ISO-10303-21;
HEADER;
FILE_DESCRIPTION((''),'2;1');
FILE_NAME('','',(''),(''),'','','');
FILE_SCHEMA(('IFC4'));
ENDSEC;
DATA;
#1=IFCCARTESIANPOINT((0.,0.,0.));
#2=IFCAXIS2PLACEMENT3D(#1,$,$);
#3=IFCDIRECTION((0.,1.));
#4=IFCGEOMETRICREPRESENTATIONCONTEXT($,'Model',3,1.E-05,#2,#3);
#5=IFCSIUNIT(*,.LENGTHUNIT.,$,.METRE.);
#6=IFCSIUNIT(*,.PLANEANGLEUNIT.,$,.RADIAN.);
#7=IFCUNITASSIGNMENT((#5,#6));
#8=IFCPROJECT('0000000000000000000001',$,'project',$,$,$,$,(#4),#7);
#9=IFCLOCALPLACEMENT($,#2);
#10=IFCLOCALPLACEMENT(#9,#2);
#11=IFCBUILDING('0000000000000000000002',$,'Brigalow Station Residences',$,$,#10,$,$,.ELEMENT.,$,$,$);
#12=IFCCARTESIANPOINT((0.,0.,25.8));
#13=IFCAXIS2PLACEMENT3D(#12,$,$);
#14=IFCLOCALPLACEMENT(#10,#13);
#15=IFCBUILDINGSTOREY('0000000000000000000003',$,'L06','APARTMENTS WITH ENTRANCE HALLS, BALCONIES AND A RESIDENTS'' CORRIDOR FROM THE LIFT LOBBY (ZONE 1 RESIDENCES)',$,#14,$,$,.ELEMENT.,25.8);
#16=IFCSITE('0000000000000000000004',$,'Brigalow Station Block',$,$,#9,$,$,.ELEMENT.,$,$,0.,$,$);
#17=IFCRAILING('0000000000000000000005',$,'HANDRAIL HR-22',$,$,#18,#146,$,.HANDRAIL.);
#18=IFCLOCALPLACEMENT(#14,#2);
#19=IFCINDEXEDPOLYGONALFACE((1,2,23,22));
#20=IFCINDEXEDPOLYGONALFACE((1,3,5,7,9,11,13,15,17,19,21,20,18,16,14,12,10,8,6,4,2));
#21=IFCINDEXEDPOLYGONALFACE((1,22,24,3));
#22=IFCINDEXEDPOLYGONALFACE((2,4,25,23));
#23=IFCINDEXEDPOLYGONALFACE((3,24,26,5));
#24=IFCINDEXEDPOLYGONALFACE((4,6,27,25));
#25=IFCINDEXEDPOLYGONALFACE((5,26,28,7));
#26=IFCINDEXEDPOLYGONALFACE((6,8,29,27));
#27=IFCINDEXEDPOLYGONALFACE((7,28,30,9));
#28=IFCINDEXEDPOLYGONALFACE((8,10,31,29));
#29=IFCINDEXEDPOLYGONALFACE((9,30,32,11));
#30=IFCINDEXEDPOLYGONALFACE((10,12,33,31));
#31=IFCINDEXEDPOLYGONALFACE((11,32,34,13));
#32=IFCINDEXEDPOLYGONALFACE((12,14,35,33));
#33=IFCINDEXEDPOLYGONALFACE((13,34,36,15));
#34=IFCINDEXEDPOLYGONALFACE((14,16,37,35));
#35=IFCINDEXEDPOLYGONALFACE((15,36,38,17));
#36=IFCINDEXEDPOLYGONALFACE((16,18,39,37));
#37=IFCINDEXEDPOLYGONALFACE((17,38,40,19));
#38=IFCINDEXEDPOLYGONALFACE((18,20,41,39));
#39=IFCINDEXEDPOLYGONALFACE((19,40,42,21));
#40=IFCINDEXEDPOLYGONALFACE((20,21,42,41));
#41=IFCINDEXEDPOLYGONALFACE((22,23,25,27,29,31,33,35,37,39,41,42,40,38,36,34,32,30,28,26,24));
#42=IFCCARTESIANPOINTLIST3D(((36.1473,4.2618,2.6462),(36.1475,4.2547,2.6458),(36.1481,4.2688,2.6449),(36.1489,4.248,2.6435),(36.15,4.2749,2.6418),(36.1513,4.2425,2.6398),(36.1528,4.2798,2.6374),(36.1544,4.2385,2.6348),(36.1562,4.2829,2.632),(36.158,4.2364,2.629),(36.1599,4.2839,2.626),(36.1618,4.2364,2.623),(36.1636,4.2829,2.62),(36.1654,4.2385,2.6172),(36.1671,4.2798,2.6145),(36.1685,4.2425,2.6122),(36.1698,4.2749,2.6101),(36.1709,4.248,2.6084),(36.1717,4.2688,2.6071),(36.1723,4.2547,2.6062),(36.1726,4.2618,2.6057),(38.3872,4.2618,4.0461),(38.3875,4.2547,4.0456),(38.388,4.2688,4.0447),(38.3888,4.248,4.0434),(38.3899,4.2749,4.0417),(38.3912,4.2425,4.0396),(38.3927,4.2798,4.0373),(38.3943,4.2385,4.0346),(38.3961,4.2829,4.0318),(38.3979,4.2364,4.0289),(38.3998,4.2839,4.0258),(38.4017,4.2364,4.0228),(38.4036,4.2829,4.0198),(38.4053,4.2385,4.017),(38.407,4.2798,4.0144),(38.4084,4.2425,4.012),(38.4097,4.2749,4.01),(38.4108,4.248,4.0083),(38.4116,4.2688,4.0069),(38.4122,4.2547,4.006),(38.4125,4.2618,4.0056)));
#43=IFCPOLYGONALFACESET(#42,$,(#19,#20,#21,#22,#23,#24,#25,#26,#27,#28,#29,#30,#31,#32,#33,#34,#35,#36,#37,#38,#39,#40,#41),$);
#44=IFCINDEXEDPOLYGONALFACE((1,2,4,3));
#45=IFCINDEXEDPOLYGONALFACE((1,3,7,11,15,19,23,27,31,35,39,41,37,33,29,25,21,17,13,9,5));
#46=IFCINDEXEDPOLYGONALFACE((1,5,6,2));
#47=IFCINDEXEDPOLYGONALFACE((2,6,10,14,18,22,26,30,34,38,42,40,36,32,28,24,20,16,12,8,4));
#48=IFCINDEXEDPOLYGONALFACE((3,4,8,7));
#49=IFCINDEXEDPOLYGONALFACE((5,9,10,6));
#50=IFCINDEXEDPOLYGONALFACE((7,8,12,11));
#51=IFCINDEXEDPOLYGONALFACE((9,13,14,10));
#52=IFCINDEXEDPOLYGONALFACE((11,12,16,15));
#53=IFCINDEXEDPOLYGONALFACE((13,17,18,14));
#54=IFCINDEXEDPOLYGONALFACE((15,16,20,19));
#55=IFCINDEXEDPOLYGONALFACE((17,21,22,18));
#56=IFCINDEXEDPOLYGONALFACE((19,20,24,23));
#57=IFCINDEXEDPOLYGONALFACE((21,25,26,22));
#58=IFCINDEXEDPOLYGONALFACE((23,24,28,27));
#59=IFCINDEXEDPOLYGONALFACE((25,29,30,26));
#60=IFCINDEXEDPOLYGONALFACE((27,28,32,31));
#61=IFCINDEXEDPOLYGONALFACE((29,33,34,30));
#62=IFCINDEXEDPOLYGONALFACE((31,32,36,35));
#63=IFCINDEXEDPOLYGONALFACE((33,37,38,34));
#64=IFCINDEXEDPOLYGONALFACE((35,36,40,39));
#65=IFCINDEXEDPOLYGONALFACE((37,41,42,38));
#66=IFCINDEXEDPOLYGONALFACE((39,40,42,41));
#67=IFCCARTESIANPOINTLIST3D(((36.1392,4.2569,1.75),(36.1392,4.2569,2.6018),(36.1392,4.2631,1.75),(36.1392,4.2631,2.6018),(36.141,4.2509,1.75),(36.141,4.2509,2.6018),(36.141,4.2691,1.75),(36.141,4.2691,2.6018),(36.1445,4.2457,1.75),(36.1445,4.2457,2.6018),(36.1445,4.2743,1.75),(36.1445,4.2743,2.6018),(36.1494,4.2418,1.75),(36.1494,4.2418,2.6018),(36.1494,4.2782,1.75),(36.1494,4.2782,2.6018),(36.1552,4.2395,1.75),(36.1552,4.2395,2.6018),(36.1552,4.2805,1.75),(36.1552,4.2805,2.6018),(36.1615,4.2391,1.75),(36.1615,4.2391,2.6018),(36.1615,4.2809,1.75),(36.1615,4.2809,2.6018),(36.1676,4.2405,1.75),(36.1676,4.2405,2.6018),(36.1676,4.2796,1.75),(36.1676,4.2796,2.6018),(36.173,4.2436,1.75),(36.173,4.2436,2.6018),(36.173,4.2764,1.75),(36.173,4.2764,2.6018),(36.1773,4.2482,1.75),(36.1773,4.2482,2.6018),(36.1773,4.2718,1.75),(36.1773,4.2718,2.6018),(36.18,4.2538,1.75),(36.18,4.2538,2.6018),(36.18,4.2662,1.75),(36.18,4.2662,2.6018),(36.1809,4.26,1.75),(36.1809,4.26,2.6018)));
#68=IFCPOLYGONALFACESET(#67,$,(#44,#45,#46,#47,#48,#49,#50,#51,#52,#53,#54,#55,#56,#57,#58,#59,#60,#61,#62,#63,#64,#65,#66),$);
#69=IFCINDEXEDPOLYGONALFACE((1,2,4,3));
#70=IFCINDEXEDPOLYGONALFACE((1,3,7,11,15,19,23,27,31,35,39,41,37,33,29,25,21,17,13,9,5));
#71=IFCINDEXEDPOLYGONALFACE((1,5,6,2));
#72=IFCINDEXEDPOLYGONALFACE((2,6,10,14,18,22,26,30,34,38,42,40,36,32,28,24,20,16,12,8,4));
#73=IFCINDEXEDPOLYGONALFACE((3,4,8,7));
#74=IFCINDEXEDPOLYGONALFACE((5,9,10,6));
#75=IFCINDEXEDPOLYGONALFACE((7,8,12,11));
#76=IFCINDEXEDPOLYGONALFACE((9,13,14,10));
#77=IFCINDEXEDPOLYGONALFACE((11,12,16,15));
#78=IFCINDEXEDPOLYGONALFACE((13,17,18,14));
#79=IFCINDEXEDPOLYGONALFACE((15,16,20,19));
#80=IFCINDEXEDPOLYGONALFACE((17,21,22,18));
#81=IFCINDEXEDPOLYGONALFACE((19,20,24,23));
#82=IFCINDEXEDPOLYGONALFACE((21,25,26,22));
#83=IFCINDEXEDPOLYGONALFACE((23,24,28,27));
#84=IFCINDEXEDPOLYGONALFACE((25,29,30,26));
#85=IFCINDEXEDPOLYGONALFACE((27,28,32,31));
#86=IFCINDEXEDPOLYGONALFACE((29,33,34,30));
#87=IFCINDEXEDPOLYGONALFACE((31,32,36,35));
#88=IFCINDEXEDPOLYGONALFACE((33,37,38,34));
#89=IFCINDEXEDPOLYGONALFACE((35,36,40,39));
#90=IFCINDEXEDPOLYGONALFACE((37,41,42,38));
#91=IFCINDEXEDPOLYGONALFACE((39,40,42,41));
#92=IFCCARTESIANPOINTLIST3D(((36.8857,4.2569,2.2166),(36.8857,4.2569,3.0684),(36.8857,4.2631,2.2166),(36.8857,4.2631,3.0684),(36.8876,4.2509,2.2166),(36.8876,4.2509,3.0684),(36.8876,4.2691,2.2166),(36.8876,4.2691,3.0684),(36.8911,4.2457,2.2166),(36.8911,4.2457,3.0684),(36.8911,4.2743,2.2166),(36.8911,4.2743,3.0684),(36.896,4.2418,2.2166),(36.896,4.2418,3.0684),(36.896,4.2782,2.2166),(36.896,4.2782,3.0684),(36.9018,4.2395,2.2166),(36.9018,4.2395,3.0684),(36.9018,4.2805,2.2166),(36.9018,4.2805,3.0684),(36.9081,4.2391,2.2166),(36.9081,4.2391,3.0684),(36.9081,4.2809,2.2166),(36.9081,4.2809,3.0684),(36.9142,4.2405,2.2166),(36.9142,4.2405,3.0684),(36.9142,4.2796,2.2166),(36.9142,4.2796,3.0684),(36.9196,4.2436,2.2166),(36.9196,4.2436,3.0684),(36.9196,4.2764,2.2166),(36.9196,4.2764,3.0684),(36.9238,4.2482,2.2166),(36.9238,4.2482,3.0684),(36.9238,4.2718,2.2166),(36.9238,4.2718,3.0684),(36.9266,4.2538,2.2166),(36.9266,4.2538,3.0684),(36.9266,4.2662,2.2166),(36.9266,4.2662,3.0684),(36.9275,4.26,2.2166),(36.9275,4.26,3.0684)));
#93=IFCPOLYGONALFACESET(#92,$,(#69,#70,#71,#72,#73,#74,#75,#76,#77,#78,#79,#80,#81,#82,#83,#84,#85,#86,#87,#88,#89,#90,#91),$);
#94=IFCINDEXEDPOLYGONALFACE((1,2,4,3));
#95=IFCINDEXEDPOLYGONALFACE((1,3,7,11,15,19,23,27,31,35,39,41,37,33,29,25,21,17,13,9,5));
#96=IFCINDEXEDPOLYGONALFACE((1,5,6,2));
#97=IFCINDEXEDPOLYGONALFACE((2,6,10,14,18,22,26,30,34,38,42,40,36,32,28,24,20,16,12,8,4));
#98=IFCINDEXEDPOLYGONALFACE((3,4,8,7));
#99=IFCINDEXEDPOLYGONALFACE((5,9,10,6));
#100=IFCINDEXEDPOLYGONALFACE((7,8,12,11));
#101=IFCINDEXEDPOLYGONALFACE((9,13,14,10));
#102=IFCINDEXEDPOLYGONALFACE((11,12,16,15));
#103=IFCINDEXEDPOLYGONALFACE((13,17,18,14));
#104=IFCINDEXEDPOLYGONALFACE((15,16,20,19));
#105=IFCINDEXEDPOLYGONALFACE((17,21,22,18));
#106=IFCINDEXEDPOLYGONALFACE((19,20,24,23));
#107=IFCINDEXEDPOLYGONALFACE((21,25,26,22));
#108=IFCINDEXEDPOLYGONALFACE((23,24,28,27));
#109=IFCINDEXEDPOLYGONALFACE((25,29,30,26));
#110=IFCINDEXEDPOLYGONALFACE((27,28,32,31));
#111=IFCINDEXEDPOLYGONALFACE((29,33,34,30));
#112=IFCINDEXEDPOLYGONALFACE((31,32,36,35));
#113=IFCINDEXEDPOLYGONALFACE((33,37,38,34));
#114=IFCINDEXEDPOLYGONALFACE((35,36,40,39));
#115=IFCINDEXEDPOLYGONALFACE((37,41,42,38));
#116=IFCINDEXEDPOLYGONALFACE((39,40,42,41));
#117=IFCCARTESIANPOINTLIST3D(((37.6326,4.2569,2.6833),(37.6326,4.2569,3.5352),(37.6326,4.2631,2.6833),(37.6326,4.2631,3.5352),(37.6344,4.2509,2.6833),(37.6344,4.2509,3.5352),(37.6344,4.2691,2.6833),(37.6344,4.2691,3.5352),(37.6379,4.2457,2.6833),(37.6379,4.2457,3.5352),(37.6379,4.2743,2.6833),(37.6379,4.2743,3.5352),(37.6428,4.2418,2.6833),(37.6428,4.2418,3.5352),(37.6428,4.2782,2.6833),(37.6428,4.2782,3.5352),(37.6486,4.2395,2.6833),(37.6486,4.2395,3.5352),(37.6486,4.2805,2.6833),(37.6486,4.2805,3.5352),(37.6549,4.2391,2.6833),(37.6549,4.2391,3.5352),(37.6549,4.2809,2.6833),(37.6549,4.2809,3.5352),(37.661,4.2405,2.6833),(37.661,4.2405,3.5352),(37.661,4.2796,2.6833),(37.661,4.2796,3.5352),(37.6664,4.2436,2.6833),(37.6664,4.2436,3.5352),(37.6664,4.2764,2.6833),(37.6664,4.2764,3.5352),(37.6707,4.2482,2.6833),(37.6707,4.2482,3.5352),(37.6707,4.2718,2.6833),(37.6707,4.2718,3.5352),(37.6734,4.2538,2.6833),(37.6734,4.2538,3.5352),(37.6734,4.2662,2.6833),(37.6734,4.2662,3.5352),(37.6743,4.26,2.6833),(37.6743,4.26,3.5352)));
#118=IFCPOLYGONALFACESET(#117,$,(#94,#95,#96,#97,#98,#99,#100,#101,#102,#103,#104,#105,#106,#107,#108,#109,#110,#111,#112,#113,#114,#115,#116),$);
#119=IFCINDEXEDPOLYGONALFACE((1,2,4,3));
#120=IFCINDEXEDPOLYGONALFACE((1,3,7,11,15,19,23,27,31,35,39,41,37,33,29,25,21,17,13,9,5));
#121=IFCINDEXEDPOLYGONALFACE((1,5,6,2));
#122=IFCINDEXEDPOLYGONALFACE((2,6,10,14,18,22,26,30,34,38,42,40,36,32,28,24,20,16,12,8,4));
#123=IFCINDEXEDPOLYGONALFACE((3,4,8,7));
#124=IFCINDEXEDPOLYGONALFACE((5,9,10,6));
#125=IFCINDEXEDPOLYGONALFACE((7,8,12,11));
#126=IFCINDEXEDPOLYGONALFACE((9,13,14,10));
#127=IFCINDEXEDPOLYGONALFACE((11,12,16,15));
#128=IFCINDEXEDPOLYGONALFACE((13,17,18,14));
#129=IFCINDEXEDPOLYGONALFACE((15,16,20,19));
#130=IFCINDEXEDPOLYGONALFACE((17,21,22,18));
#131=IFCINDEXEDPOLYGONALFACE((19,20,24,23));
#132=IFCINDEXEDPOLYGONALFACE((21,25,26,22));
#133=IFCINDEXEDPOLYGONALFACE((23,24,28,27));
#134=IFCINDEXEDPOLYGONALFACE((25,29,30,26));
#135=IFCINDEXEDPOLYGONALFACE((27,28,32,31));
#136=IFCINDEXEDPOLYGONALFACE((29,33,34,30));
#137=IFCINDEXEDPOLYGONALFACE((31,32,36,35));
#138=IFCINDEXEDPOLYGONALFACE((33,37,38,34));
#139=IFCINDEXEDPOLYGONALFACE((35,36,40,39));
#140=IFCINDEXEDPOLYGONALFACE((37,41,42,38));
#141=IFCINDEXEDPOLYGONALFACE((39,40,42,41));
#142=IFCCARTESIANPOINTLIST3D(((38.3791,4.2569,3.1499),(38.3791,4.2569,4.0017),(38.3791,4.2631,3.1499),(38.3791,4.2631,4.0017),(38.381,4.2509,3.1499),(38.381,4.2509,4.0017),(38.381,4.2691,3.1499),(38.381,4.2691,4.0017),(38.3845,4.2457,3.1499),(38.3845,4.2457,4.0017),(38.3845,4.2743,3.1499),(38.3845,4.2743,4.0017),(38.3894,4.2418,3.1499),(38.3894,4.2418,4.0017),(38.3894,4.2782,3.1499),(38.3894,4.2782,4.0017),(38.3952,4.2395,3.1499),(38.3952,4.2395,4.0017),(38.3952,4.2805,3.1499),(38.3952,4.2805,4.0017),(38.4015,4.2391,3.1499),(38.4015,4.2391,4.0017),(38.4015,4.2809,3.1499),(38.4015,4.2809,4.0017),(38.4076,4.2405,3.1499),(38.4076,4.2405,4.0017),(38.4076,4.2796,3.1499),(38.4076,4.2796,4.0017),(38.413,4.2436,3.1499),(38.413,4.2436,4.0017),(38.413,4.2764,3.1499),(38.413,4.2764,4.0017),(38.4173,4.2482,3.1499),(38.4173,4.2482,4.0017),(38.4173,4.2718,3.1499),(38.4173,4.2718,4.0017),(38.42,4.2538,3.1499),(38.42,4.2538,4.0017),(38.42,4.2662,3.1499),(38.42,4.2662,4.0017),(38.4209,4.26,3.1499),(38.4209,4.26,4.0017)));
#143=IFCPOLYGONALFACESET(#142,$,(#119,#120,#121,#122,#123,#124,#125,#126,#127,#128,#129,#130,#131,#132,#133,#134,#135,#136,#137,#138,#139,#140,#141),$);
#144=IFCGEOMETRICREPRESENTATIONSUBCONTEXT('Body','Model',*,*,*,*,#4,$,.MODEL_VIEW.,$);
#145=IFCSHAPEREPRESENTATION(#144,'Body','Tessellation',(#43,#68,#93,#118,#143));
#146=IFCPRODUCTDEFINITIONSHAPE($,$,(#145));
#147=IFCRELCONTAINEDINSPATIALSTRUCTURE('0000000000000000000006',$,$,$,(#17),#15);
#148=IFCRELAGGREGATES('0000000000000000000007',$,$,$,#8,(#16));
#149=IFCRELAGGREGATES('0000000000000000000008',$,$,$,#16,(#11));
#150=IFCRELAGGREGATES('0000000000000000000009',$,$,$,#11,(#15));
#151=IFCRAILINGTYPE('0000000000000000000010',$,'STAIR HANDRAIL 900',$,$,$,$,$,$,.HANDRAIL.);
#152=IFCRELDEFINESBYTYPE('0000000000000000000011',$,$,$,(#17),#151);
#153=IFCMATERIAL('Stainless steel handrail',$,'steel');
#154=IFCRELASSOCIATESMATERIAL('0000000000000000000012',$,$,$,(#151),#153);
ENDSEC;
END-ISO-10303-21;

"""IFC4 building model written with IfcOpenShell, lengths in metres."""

from ifc_helpers import new_model, si_unit, direction, frame, origin, origin_2d, place, context, subcontext, project, spatial, circle, extrude, material, type_object, element, save


model = new_model("IFC4")

# Units and contexts
model_context = context("Model", 3, precision=1e-05, world=origin(), true_north=direction((0.0, 1.0)))
body_context = subcontext(model_context, "Body", "Model", "MODEL_VIEW")
ifc_project = project(units=[si_unit("LENGTHUNIT", "METRE"), si_unit("PLANEANGLEUNIT", "RADIAN")], contexts=[model_context])

# Site, building, storey
site_placement = place(None, origin())
site = spatial("IfcSite", under=ifc_project, at=site_placement, Name="Brigalow Station Block", CompositionType="ELEMENT", RefElevation=0.0)
building_placement = place(site_placement, origin())
building = spatial("IfcBuilding", under=site, at=building_placement, Name="Brigalow Station Residences", CompositionType="ELEMENT")
storey_placement = place(building_placement, frame((0.0, 0.0, 25.8)))
storey = spatial("IfcBuildingStorey", under=building, at=storey_placement, Name="L06", Description="APARTMENTS WITH ENTRANCE HALLS, BALCONIES AND A RESIDENTS' CORRIDOR FROM THE LIFT LOBBY (ZONE 1 RESIDENCES)", CompositionType="ELEMENT", Elevation=25.8)

# Railing
ifc_material_1 = material(Name="Stainless steel handrail", Category="steel")
railing_type_1 = type_object("IfcRailingType", Name="STAIR HANDRAIL 900", PredefinedType="HANDRAIL", material=ifc_material_1)
railing_1_placement = place(storey_placement, frame((36.1599, 4.26, 1.75)))
element("IfcRailing", 1, at=railing_1_placement, inside=storey, type_object=railing_type_1, Name="HANDRAIL HR-22", PredefinedType="HANDRAIL", context=body_context, shape_type="SweptSolid", body=[
    extrude(circle(Radius=0.0239, at=origin_2d()), frame((0.0, 0.0, 0.876), z_axis=(0.848014, 0.0, 0.529974), x_axis=(0.0, 1.0, 0.0)), (0.0, 0.0, 1.0), 2.6414),
    extrude(circle(Radius=0.021, at=origin_2d()), origin(), (0.0, 0.0, 1.0), 0.8518),
    extrude(circle(Radius=0.021, at=origin_2d()), frame((0.7466, 0.0, 0.4666)), (0.0, 0.0, 1.0), 0.8518),
    extrude(circle(Radius=0.021, at=origin_2d()), frame((1.4934, 0.0, 0.9333)), (0.0, 0.0, 1.0), 0.8518),
    extrude(circle(Radius=0.021, at=origin_2d()), frame((2.24, 0.0, 1.3999)), (0.0, 0.0, 1.0), 0.8518),
])

save(model, "model.ifc")
